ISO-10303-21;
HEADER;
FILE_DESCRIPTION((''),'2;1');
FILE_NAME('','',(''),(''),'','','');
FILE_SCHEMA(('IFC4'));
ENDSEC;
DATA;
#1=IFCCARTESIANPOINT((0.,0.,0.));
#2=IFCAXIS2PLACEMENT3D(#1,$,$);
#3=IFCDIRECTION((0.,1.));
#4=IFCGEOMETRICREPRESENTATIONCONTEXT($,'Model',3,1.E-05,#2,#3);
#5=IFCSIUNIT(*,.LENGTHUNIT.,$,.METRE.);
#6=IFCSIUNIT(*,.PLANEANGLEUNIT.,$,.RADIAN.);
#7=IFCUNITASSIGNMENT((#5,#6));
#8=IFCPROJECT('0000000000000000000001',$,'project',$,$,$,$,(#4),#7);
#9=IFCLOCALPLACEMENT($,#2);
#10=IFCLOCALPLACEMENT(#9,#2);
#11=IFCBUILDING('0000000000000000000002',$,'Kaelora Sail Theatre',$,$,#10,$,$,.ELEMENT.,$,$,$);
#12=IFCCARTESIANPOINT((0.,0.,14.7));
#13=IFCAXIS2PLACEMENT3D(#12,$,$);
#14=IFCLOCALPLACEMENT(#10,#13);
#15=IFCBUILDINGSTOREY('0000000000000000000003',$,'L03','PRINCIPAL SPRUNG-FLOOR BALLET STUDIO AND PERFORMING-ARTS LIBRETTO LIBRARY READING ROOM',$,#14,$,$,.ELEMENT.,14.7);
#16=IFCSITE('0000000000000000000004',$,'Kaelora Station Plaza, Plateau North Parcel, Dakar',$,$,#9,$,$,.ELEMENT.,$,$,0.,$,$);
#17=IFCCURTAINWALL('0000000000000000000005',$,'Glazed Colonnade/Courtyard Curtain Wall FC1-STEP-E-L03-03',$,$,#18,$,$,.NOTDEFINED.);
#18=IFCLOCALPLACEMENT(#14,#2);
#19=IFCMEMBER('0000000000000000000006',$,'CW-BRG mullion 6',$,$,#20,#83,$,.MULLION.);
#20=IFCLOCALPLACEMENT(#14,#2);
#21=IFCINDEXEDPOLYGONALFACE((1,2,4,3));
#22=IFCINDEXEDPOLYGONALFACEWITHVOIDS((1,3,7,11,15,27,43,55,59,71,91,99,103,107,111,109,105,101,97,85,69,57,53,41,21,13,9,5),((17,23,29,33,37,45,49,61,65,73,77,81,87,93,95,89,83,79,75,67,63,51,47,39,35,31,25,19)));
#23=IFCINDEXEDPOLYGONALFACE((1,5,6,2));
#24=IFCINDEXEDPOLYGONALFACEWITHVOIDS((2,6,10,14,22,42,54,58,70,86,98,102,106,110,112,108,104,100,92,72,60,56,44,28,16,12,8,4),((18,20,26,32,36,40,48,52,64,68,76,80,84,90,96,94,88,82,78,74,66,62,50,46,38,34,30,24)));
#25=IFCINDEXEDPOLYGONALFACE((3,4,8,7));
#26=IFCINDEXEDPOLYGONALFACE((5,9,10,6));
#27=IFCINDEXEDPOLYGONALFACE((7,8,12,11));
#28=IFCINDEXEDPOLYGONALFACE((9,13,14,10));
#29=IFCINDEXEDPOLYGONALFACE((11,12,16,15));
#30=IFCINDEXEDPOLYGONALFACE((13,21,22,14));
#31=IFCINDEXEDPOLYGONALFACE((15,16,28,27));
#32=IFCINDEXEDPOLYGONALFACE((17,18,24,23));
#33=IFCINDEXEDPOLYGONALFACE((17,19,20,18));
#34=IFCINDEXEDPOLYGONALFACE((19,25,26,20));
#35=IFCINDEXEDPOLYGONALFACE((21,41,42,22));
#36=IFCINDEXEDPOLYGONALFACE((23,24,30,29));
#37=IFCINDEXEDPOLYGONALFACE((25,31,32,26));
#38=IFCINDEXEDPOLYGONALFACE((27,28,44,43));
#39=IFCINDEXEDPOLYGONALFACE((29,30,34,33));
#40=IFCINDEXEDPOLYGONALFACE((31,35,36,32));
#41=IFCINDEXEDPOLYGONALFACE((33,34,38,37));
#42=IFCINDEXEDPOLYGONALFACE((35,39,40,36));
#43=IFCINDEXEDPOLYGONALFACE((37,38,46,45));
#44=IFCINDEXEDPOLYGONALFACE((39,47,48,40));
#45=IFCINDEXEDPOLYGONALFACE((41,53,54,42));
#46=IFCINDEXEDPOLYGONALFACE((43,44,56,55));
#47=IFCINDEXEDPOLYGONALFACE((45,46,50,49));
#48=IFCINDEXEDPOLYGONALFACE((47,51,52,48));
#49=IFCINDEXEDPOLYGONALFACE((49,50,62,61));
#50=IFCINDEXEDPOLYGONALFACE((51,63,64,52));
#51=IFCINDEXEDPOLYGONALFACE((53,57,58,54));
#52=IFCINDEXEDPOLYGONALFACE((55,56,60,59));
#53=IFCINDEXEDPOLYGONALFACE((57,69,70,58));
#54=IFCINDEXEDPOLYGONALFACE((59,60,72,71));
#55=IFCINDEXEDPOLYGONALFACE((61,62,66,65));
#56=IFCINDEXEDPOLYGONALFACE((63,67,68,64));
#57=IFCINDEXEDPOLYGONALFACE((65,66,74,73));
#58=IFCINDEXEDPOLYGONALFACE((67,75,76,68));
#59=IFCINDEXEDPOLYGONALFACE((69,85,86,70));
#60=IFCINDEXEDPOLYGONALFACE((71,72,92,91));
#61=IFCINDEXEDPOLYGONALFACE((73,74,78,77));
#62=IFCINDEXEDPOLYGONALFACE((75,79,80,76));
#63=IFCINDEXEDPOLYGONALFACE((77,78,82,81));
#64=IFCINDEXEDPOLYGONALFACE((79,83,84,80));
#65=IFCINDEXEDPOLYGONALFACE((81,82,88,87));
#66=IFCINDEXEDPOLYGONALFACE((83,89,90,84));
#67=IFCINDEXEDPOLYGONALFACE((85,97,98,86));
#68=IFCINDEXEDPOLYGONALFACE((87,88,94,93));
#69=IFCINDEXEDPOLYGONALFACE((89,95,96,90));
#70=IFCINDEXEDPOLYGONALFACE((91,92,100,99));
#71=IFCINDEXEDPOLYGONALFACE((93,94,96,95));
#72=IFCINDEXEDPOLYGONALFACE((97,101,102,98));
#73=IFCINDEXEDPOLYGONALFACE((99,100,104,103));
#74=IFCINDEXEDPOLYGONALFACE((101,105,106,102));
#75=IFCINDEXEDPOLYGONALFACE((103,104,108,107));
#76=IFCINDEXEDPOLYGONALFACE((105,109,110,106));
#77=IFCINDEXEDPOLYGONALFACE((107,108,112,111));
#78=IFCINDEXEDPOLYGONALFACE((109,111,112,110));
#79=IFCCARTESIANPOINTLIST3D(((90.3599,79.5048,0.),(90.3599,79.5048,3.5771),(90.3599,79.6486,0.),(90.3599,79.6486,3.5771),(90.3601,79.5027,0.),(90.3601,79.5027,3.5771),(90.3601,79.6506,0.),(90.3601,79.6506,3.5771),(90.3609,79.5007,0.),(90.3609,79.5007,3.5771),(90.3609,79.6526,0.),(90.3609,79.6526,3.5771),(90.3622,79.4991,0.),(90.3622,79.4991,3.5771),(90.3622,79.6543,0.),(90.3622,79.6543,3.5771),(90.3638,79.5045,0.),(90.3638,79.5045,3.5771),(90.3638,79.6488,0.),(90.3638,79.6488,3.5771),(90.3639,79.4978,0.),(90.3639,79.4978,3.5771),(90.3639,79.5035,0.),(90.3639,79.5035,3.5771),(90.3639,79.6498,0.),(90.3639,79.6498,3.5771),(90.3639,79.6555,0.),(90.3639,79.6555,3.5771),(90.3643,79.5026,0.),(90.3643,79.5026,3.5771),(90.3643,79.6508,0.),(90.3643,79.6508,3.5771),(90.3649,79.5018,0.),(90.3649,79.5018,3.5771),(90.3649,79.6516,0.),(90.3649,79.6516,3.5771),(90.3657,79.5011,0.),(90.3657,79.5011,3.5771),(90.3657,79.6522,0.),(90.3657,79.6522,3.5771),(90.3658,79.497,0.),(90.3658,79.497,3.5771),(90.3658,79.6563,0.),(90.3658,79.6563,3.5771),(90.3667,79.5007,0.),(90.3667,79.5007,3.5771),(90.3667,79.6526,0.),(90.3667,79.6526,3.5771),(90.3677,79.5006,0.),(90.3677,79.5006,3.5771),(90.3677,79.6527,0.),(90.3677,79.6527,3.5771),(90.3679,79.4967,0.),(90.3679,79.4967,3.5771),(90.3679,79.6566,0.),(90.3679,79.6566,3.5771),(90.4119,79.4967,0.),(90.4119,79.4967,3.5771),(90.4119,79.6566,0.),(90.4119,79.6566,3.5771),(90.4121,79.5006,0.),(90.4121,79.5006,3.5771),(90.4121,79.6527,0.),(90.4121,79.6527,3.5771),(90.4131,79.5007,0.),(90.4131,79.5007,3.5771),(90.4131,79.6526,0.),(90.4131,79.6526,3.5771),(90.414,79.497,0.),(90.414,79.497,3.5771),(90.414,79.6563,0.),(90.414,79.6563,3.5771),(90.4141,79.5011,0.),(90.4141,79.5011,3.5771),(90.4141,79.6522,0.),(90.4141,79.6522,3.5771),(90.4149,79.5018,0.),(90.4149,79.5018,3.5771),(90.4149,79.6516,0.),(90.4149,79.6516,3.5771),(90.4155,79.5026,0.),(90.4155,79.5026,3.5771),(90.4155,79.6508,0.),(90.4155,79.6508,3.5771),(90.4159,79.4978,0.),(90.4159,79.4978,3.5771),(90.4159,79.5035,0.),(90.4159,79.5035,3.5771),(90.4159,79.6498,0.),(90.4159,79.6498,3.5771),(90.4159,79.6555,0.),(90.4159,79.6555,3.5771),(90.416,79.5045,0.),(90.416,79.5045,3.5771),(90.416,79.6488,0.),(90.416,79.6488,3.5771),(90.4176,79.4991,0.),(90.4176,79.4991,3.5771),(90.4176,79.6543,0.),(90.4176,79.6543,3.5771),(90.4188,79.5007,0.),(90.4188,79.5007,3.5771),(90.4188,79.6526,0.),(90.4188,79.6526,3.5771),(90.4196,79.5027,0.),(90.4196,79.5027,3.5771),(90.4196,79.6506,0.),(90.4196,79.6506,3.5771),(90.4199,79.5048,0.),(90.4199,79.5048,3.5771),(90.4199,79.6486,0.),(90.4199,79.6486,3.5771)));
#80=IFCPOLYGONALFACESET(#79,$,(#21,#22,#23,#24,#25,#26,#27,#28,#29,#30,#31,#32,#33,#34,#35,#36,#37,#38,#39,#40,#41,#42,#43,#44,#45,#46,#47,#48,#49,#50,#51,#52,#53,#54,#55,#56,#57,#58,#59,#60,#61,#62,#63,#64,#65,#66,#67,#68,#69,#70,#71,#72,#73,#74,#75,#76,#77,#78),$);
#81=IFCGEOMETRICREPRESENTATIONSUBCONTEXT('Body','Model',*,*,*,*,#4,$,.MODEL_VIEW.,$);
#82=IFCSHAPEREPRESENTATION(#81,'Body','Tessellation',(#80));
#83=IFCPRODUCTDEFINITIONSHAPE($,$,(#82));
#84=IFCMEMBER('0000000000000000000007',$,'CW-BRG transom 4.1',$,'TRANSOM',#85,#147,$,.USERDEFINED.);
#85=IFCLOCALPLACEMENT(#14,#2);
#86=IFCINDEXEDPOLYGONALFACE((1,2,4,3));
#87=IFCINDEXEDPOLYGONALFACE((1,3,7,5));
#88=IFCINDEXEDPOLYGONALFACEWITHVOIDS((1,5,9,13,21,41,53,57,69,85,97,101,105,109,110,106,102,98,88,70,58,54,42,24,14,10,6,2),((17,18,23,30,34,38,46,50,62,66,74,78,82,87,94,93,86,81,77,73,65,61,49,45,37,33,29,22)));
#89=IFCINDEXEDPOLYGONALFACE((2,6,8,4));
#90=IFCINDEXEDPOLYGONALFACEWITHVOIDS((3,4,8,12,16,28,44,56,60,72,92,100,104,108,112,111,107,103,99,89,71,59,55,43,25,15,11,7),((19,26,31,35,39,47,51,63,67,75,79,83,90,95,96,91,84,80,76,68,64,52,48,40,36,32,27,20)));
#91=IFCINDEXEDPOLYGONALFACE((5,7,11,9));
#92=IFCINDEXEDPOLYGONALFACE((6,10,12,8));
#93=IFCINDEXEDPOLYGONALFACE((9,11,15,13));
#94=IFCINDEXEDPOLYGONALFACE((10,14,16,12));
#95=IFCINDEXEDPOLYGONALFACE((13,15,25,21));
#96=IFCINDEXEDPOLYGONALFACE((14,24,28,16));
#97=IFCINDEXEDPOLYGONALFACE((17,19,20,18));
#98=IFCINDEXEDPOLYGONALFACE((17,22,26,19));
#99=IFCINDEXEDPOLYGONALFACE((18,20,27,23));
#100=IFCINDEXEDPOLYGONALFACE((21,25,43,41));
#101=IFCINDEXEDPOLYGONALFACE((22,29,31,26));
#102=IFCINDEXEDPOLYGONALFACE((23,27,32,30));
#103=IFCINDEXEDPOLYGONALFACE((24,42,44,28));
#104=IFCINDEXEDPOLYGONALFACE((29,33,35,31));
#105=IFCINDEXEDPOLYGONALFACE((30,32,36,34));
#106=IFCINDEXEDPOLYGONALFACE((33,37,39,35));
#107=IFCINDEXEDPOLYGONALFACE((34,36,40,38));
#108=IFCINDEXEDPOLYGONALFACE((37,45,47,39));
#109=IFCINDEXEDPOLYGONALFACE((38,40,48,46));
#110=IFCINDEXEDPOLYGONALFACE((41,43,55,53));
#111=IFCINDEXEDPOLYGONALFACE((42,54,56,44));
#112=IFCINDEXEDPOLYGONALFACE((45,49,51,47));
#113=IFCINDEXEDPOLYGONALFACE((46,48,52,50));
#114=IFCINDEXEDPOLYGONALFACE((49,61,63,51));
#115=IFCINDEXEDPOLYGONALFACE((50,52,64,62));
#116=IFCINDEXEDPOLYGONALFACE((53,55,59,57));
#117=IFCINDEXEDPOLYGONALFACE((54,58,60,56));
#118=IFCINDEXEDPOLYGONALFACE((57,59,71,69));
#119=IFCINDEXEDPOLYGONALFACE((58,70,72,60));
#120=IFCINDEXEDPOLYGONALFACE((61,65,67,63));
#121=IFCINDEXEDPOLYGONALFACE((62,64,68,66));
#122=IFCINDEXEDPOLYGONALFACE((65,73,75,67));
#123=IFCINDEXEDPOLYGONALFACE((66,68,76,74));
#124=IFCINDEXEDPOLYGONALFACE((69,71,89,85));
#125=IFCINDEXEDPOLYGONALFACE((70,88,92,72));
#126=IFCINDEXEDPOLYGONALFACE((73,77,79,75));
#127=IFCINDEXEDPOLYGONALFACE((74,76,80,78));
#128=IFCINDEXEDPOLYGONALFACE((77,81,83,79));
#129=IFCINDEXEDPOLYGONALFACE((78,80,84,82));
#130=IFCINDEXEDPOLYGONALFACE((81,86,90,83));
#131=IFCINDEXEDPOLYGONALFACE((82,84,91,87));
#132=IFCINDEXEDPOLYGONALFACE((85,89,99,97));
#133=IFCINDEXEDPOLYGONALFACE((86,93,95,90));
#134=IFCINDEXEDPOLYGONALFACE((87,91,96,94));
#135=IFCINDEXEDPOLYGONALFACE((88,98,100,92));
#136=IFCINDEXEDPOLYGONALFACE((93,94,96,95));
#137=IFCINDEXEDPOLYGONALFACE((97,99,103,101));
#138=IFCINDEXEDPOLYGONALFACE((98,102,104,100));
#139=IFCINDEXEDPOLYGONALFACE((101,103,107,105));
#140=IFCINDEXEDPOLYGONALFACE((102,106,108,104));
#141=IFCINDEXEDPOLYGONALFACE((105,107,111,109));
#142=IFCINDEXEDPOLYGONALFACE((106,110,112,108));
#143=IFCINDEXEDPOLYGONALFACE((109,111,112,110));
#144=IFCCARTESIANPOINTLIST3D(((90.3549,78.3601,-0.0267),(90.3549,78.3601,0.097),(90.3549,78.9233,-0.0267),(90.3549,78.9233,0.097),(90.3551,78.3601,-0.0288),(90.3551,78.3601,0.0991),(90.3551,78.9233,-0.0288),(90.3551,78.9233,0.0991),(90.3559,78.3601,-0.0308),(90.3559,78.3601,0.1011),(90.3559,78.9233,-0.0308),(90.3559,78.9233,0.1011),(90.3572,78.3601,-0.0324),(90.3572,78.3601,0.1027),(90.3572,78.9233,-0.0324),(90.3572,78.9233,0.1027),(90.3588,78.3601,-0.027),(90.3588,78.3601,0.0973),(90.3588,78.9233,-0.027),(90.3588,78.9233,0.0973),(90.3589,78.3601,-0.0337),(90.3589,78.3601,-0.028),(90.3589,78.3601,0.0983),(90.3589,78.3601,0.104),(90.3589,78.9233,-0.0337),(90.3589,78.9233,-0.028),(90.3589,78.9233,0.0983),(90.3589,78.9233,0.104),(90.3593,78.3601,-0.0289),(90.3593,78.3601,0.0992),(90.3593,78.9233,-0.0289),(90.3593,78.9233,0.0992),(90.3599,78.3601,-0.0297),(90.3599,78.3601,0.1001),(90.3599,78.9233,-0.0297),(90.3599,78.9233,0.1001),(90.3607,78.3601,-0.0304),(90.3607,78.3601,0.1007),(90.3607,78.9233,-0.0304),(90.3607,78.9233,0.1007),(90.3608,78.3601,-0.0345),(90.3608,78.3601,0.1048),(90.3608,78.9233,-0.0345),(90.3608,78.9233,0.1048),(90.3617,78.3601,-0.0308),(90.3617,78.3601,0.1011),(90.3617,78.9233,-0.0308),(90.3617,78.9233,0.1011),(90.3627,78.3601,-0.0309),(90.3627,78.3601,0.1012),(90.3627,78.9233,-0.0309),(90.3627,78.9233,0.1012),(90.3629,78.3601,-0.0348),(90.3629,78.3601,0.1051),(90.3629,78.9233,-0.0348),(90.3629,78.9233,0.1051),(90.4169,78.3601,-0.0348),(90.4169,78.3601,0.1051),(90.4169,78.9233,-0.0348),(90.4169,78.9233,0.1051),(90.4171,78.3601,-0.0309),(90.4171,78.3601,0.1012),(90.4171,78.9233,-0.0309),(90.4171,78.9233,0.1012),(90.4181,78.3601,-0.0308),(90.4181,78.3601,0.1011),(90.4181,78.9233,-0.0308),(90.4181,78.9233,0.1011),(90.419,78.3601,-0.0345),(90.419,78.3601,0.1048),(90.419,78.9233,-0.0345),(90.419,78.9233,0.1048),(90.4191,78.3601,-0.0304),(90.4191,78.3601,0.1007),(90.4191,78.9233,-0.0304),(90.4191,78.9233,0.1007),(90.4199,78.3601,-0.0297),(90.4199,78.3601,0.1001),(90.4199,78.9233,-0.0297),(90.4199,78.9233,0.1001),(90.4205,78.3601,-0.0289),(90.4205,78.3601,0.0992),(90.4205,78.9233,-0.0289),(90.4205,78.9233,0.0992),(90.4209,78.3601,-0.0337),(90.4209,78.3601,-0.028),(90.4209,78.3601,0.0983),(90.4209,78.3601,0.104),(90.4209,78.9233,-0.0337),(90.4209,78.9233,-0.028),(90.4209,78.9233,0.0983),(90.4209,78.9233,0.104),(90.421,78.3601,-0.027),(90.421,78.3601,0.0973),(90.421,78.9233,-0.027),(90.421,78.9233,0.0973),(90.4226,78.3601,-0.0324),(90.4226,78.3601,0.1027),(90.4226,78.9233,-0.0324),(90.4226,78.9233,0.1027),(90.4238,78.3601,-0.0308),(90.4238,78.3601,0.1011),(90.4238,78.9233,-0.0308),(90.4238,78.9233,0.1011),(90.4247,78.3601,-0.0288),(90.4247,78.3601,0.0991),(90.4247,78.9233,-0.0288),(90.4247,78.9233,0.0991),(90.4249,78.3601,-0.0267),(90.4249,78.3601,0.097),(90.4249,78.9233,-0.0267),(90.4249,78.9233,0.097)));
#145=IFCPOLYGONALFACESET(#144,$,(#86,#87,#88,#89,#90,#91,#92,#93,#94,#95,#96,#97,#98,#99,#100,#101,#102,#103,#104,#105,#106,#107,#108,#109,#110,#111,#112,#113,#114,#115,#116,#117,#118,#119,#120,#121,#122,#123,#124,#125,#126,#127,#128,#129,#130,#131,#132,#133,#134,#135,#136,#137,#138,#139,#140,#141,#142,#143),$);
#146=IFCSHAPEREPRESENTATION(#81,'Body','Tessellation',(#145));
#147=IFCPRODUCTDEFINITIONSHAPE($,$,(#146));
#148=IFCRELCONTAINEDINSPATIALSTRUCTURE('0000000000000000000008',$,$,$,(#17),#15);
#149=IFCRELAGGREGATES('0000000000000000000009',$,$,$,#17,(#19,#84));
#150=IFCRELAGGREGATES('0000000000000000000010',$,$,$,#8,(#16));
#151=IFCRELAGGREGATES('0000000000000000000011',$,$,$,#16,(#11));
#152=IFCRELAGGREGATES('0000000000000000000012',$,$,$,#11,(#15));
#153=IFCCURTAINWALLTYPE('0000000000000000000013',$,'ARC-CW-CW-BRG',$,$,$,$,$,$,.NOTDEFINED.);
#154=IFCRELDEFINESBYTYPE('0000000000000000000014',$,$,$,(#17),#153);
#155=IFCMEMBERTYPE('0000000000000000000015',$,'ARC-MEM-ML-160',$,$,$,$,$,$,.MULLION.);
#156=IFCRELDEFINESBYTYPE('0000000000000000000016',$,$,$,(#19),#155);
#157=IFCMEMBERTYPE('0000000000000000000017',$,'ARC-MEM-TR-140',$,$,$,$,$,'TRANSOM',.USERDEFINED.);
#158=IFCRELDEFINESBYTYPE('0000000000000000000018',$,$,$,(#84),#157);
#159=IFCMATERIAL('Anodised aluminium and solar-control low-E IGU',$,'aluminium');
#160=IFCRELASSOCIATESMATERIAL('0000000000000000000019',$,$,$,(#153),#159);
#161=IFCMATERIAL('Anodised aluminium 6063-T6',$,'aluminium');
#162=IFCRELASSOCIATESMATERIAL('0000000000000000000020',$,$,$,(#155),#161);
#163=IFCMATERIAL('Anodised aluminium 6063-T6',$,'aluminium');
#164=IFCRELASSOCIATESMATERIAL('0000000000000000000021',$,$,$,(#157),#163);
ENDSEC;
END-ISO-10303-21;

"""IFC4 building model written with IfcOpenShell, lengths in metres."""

from ifc_helpers import new_model, si_unit, direction, frame, origin, origin_2d, place, context, subcontext, project, spatial, hollow_rectangle, extrude, material, material_profile, profile_set, type_object, element, aggregate, save


model = new_model("IFC4")

# Units and contexts
model_context = context("Model", 3, precision=1e-05, world=origin(), true_north=direction((0.0, 1.0)))
body_context = subcontext(model_context, "Body", "Model", "MODEL_VIEW")
ifc_project = project(units=[si_unit("LENGTHUNIT", "METRE"), si_unit("PLANEANGLEUNIT", "RADIAN")], contexts=[model_context])

# Site, building, storey
site_placement = place(None, origin())
site = spatial("IfcSite", under=ifc_project, at=site_placement, Name="Kaelora Station Plaza, Plateau North Parcel, Dakar", CompositionType="ELEMENT", RefElevation=0.0)
building_placement = place(site_placement, origin())
building = spatial("IfcBuilding", under=site, at=building_placement, Name="Kaelora Sail Theatre", CompositionType="ELEMENT")
storey_placement = place(building_placement, frame((0.0, 0.0, 14.7)))
storey = spatial("IfcBuildingStorey", under=building, at=storey_placement, Name="L03", Description="PRINCIPAL SPRUNG-FLOOR BALLET STUDIO AND PERFORMING-ARTS LIBRETTO LIBRARY READING ROOM", CompositionType="ELEMENT", Elevation=14.7)

# Curtain wall, members
ifc_material_1 = material(Name="Anodised aluminium and solar-control low-E IGU", Category="aluminium")
curtain_wall_type = type_object("IfcCurtainWallType", Name="ARC-CW-CW-BRG", PredefinedType="NOTDEFINED", material=ifc_material_1)
curtain_wall_placement = place(storey_placement, origin())
curtain_wall = element("IfcCurtainWall", 1, at=curtain_wall_placement, inside=storey, type_object=curtain_wall_type, Name="Glazed Colonnade/Courtyard Curtain Wall FC1-STEP-E-L03-03", PredefinedType="NOTDEFINED")
ifc_material_2 = material(Name="Anodised aluminium 6063-T6", Category="aluminium")
ifc_material_profile_1 = material_profile(ifc_material_2, hollow_rectangle(XDim=0.0601, YDim=0.1599, WallThickness=0.0039, InnerFilletRadius=0.0039, OuterFilletRadius=0.0081, at=origin_2d()), Name="ALU-MULL 60x160x4")
ifc_profile_set_1 = profile_set([ifc_material_profile_1], Name="Anodised aluminium 6063-T6")
member_type_1 = type_object("IfcMemberType", Name="ARC-MEM-ML-160", PredefinedType="MULLION", material=ifc_profile_set_1)
member_1_placement = place(storey_placement, frame((90.3899, 79.5767, 0.0), z_axis=(0.0, 0.0, 1.0), x_axis=(-1.0, 0.0, 0.0)))
member_1 = element("IfcMember", 2, at=member_1_placement, type_object=member_type_1, Name="CW-BRG mullion 6", PredefinedType="MULLION", context=body_context, shape_type="SweptSolid", body=[
    extrude(hollow_rectangle(XDim=0.0601, YDim=0.1599, WallThickness=0.0039, InnerFilletRadius=0.0039, OuterFilletRadius=0.0081, at=origin_2d()), origin(), (0.0, 0.0, 1.0), 3.5771),
])
ifc_material_3 = material(Name="Anodised aluminium 6063-T6", Category="aluminium")
ifc_material_profile_2 = material_profile(ifc_material_3, hollow_rectangle(XDim=0.0701, YDim=0.1399, WallThickness=0.0039, InnerFilletRadius=0.0039, OuterFilletRadius=0.0081, at=origin_2d()), Name="ALU-TRAN 70x140x4")
ifc_profile_set_2 = profile_set([ifc_material_profile_2], Name="Anodised aluminium 6063-T6")
member_type_2 = type_object("IfcMemberType", Name="ARC-MEM-TR-140", ElementType="TRANSOM", PredefinedType="USERDEFINED", material=ifc_profile_set_2)
member_2_placement = place(storey_placement, frame((90.3899, 78.3601, 0.0352), z_axis=(0.0, 1.0, 0.0), x_axis=(-1.0, 0.0, 0.0)))
member_2 = element("IfcMember", 3, at=member_2_placement, type_object=member_type_2, Name="CW-BRG transom 4.1", ObjectType="TRANSOM", PredefinedType="USERDEFINED", context=body_context, shape_type="SweptSolid", body=[
    extrude(hollow_rectangle(XDim=0.0701, YDim=0.1399, WallThickness=0.0039, InnerFilletRadius=0.0039, OuterFilletRadius=0.0081, at=origin_2d()), origin(), (0.0, 0.0, 1.0), 0.5632),
])
aggregate(curtain_wall, [member_1, member_2])

save(model, "model.ifc")
